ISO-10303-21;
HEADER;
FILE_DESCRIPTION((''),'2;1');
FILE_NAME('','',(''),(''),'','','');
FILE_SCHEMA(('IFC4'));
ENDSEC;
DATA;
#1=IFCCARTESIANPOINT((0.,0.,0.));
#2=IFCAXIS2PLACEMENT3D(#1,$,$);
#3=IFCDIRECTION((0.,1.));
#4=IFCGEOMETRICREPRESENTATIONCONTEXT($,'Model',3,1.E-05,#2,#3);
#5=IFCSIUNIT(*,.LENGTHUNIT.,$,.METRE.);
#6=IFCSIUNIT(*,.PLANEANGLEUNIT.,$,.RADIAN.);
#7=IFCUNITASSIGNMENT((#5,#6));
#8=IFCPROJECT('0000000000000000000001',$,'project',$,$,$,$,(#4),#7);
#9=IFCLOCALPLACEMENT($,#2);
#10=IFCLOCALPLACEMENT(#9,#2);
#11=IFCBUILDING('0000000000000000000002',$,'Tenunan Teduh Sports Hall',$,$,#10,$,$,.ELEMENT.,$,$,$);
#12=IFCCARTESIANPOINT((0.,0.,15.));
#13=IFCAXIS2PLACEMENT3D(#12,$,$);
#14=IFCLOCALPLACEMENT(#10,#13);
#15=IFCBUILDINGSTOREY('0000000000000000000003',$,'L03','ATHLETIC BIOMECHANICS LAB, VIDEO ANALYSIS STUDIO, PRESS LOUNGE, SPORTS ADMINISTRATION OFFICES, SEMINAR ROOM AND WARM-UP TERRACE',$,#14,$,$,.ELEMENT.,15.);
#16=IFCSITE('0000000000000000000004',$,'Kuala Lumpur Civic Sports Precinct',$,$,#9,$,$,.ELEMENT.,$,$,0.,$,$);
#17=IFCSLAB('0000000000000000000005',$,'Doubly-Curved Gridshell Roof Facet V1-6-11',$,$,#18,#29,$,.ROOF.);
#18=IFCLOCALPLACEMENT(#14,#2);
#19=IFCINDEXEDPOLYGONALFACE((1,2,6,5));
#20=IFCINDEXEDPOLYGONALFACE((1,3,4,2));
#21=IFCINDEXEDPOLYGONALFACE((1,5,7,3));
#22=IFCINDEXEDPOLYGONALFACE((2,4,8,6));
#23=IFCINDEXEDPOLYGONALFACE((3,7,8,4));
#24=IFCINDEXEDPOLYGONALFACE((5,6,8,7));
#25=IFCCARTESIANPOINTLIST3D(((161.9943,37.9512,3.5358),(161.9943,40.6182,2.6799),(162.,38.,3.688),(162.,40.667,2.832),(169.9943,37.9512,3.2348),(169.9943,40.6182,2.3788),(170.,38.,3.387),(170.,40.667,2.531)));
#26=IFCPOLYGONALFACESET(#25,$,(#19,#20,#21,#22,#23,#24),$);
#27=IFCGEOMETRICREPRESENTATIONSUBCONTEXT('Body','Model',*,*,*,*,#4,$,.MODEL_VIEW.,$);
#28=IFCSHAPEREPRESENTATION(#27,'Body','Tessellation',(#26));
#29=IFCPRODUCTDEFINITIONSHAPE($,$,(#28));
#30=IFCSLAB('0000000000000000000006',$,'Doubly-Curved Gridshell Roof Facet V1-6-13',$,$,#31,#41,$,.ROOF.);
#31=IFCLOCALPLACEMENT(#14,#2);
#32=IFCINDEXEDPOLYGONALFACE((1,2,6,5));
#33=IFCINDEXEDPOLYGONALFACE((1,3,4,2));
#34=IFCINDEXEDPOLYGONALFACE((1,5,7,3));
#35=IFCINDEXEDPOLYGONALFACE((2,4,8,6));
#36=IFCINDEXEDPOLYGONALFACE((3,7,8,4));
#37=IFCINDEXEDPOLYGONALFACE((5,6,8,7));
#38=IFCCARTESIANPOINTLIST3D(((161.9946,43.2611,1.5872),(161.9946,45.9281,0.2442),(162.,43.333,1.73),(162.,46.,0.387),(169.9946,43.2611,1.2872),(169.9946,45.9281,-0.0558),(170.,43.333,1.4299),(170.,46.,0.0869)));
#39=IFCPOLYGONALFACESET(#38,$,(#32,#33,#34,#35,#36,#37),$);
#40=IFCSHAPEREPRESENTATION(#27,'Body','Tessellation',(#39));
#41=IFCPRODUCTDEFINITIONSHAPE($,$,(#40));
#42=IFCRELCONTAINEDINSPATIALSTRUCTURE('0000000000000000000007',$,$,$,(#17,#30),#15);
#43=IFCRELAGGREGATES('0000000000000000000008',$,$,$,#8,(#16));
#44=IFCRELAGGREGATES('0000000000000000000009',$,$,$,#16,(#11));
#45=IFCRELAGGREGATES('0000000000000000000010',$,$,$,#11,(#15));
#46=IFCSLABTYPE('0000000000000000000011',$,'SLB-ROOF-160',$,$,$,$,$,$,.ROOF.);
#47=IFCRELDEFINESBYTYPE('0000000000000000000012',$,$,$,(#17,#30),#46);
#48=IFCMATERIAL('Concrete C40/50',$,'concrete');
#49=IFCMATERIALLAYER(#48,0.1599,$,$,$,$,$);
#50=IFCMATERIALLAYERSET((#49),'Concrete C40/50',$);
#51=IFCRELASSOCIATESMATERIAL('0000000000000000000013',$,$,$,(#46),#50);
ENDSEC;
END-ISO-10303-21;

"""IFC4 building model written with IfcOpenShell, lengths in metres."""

from ifc_helpers import new_model, si_unit, direction, frame, origin, place, context, subcontext, project, spatial, polyline, outline, extrude, material, layer, layer_set, type_object, element, save


model = new_model("IFC4")

# Units and contexts
model_context = context("Model", 3, precision=1e-05, world=origin(), true_north=direction((0.0, 1.0)))
body_context = subcontext(model_context, "Body", "Model", "MODEL_VIEW")
ifc_project = project(units=[si_unit("LENGTHUNIT", "METRE"), si_unit("PLANEANGLEUNIT", "RADIAN")], contexts=[model_context])

# Site, building, storey
site_placement = place(None, origin())
site = spatial("IfcSite", under=ifc_project, at=site_placement, Name="Kuala Lumpur Civic Sports Precinct", CompositionType="ELEMENT", RefElevation=0.0)
building_placement = place(site_placement, origin())
building = spatial("IfcBuilding", under=site, at=building_placement, Name="Tenunan Teduh Sports Hall", CompositionType="ELEMENT")
storey_placement = place(building_placement, frame((0.0, 0.0, 15.0)))
storey = spatial("IfcBuildingStorey", under=building, at=storey_placement, Name="L03", Description="ATHLETIC BIOMECHANICS LAB, VIDEO ANALYSIS STUDIO, PRESS LOUNGE, SPORTS ADMINISTRATION OFFICES, SEMINAR ROOM AND WARM-UP TERRACE", CompositionType="ELEMENT", Elevation=15.0)

# Slabs
ifc_material_1 = material(Name="Concrete C40/50", Category="concrete")
ifc_layer_1 = layer(ifc_material_1, 0.1599)
ifc_layer_set_1 = layer_set([ifc_layer_1], Name="Concrete C40/50")
slab_type_1 = type_object("IfcSlabType", Name="SLB-ROOF-160", PredefinedType="ROOF", material=ifc_layer_set_1)
slab_1_placement = place(storey_placement, frame((162.0, 38.0, 3.688), z_axis=(0.035805, 0.305396, 0.951552), x_axis=(0.999293, 0.0, -0.037602)))
element("IfcSlab", 1, at=slab_1_placement, inside=storey, type_object=slab_type_1, Name="Doubly-Curved Gridshell Roof Facet V1-6-11", PredefinedType="ROOF", context=body_context, shape_type="SweptSolid", body=[
    extrude(outline(polyline([(0.0, 0.0), (8.0057, 0.0), (8.0378, 2.8008), (0.0322, 2.8008), (0.0, 0.0)])), origin(), (0.0, 0.0, -1.0), 0.1599),
])
slab_2_placement = place(storey_placement, frame((162.0, 43.333, 1.73), z_axis=(0.03348, 0.449511, 0.892647), x_axis=(0.999297, 0.0, -0.03748)))
element("IfcSlab", 2, at=slab_2_placement, inside=storey, type_object=slab_type_1, Name="Doubly-Curved Gridshell Roof Facet V1-6-13", PredefinedType="ROOF", context=body_context, shape_type="SweptSolid", body=[
    extrude(outline(polyline([(0.0, 0.0), (8.0056, 0.0), (8.056, 2.9856), (0.0503, 2.9856), (0.0, 0.0)])), origin(), (0.0, 0.0, -1.0), 0.1599),
])

save(model, "model.ifc")
